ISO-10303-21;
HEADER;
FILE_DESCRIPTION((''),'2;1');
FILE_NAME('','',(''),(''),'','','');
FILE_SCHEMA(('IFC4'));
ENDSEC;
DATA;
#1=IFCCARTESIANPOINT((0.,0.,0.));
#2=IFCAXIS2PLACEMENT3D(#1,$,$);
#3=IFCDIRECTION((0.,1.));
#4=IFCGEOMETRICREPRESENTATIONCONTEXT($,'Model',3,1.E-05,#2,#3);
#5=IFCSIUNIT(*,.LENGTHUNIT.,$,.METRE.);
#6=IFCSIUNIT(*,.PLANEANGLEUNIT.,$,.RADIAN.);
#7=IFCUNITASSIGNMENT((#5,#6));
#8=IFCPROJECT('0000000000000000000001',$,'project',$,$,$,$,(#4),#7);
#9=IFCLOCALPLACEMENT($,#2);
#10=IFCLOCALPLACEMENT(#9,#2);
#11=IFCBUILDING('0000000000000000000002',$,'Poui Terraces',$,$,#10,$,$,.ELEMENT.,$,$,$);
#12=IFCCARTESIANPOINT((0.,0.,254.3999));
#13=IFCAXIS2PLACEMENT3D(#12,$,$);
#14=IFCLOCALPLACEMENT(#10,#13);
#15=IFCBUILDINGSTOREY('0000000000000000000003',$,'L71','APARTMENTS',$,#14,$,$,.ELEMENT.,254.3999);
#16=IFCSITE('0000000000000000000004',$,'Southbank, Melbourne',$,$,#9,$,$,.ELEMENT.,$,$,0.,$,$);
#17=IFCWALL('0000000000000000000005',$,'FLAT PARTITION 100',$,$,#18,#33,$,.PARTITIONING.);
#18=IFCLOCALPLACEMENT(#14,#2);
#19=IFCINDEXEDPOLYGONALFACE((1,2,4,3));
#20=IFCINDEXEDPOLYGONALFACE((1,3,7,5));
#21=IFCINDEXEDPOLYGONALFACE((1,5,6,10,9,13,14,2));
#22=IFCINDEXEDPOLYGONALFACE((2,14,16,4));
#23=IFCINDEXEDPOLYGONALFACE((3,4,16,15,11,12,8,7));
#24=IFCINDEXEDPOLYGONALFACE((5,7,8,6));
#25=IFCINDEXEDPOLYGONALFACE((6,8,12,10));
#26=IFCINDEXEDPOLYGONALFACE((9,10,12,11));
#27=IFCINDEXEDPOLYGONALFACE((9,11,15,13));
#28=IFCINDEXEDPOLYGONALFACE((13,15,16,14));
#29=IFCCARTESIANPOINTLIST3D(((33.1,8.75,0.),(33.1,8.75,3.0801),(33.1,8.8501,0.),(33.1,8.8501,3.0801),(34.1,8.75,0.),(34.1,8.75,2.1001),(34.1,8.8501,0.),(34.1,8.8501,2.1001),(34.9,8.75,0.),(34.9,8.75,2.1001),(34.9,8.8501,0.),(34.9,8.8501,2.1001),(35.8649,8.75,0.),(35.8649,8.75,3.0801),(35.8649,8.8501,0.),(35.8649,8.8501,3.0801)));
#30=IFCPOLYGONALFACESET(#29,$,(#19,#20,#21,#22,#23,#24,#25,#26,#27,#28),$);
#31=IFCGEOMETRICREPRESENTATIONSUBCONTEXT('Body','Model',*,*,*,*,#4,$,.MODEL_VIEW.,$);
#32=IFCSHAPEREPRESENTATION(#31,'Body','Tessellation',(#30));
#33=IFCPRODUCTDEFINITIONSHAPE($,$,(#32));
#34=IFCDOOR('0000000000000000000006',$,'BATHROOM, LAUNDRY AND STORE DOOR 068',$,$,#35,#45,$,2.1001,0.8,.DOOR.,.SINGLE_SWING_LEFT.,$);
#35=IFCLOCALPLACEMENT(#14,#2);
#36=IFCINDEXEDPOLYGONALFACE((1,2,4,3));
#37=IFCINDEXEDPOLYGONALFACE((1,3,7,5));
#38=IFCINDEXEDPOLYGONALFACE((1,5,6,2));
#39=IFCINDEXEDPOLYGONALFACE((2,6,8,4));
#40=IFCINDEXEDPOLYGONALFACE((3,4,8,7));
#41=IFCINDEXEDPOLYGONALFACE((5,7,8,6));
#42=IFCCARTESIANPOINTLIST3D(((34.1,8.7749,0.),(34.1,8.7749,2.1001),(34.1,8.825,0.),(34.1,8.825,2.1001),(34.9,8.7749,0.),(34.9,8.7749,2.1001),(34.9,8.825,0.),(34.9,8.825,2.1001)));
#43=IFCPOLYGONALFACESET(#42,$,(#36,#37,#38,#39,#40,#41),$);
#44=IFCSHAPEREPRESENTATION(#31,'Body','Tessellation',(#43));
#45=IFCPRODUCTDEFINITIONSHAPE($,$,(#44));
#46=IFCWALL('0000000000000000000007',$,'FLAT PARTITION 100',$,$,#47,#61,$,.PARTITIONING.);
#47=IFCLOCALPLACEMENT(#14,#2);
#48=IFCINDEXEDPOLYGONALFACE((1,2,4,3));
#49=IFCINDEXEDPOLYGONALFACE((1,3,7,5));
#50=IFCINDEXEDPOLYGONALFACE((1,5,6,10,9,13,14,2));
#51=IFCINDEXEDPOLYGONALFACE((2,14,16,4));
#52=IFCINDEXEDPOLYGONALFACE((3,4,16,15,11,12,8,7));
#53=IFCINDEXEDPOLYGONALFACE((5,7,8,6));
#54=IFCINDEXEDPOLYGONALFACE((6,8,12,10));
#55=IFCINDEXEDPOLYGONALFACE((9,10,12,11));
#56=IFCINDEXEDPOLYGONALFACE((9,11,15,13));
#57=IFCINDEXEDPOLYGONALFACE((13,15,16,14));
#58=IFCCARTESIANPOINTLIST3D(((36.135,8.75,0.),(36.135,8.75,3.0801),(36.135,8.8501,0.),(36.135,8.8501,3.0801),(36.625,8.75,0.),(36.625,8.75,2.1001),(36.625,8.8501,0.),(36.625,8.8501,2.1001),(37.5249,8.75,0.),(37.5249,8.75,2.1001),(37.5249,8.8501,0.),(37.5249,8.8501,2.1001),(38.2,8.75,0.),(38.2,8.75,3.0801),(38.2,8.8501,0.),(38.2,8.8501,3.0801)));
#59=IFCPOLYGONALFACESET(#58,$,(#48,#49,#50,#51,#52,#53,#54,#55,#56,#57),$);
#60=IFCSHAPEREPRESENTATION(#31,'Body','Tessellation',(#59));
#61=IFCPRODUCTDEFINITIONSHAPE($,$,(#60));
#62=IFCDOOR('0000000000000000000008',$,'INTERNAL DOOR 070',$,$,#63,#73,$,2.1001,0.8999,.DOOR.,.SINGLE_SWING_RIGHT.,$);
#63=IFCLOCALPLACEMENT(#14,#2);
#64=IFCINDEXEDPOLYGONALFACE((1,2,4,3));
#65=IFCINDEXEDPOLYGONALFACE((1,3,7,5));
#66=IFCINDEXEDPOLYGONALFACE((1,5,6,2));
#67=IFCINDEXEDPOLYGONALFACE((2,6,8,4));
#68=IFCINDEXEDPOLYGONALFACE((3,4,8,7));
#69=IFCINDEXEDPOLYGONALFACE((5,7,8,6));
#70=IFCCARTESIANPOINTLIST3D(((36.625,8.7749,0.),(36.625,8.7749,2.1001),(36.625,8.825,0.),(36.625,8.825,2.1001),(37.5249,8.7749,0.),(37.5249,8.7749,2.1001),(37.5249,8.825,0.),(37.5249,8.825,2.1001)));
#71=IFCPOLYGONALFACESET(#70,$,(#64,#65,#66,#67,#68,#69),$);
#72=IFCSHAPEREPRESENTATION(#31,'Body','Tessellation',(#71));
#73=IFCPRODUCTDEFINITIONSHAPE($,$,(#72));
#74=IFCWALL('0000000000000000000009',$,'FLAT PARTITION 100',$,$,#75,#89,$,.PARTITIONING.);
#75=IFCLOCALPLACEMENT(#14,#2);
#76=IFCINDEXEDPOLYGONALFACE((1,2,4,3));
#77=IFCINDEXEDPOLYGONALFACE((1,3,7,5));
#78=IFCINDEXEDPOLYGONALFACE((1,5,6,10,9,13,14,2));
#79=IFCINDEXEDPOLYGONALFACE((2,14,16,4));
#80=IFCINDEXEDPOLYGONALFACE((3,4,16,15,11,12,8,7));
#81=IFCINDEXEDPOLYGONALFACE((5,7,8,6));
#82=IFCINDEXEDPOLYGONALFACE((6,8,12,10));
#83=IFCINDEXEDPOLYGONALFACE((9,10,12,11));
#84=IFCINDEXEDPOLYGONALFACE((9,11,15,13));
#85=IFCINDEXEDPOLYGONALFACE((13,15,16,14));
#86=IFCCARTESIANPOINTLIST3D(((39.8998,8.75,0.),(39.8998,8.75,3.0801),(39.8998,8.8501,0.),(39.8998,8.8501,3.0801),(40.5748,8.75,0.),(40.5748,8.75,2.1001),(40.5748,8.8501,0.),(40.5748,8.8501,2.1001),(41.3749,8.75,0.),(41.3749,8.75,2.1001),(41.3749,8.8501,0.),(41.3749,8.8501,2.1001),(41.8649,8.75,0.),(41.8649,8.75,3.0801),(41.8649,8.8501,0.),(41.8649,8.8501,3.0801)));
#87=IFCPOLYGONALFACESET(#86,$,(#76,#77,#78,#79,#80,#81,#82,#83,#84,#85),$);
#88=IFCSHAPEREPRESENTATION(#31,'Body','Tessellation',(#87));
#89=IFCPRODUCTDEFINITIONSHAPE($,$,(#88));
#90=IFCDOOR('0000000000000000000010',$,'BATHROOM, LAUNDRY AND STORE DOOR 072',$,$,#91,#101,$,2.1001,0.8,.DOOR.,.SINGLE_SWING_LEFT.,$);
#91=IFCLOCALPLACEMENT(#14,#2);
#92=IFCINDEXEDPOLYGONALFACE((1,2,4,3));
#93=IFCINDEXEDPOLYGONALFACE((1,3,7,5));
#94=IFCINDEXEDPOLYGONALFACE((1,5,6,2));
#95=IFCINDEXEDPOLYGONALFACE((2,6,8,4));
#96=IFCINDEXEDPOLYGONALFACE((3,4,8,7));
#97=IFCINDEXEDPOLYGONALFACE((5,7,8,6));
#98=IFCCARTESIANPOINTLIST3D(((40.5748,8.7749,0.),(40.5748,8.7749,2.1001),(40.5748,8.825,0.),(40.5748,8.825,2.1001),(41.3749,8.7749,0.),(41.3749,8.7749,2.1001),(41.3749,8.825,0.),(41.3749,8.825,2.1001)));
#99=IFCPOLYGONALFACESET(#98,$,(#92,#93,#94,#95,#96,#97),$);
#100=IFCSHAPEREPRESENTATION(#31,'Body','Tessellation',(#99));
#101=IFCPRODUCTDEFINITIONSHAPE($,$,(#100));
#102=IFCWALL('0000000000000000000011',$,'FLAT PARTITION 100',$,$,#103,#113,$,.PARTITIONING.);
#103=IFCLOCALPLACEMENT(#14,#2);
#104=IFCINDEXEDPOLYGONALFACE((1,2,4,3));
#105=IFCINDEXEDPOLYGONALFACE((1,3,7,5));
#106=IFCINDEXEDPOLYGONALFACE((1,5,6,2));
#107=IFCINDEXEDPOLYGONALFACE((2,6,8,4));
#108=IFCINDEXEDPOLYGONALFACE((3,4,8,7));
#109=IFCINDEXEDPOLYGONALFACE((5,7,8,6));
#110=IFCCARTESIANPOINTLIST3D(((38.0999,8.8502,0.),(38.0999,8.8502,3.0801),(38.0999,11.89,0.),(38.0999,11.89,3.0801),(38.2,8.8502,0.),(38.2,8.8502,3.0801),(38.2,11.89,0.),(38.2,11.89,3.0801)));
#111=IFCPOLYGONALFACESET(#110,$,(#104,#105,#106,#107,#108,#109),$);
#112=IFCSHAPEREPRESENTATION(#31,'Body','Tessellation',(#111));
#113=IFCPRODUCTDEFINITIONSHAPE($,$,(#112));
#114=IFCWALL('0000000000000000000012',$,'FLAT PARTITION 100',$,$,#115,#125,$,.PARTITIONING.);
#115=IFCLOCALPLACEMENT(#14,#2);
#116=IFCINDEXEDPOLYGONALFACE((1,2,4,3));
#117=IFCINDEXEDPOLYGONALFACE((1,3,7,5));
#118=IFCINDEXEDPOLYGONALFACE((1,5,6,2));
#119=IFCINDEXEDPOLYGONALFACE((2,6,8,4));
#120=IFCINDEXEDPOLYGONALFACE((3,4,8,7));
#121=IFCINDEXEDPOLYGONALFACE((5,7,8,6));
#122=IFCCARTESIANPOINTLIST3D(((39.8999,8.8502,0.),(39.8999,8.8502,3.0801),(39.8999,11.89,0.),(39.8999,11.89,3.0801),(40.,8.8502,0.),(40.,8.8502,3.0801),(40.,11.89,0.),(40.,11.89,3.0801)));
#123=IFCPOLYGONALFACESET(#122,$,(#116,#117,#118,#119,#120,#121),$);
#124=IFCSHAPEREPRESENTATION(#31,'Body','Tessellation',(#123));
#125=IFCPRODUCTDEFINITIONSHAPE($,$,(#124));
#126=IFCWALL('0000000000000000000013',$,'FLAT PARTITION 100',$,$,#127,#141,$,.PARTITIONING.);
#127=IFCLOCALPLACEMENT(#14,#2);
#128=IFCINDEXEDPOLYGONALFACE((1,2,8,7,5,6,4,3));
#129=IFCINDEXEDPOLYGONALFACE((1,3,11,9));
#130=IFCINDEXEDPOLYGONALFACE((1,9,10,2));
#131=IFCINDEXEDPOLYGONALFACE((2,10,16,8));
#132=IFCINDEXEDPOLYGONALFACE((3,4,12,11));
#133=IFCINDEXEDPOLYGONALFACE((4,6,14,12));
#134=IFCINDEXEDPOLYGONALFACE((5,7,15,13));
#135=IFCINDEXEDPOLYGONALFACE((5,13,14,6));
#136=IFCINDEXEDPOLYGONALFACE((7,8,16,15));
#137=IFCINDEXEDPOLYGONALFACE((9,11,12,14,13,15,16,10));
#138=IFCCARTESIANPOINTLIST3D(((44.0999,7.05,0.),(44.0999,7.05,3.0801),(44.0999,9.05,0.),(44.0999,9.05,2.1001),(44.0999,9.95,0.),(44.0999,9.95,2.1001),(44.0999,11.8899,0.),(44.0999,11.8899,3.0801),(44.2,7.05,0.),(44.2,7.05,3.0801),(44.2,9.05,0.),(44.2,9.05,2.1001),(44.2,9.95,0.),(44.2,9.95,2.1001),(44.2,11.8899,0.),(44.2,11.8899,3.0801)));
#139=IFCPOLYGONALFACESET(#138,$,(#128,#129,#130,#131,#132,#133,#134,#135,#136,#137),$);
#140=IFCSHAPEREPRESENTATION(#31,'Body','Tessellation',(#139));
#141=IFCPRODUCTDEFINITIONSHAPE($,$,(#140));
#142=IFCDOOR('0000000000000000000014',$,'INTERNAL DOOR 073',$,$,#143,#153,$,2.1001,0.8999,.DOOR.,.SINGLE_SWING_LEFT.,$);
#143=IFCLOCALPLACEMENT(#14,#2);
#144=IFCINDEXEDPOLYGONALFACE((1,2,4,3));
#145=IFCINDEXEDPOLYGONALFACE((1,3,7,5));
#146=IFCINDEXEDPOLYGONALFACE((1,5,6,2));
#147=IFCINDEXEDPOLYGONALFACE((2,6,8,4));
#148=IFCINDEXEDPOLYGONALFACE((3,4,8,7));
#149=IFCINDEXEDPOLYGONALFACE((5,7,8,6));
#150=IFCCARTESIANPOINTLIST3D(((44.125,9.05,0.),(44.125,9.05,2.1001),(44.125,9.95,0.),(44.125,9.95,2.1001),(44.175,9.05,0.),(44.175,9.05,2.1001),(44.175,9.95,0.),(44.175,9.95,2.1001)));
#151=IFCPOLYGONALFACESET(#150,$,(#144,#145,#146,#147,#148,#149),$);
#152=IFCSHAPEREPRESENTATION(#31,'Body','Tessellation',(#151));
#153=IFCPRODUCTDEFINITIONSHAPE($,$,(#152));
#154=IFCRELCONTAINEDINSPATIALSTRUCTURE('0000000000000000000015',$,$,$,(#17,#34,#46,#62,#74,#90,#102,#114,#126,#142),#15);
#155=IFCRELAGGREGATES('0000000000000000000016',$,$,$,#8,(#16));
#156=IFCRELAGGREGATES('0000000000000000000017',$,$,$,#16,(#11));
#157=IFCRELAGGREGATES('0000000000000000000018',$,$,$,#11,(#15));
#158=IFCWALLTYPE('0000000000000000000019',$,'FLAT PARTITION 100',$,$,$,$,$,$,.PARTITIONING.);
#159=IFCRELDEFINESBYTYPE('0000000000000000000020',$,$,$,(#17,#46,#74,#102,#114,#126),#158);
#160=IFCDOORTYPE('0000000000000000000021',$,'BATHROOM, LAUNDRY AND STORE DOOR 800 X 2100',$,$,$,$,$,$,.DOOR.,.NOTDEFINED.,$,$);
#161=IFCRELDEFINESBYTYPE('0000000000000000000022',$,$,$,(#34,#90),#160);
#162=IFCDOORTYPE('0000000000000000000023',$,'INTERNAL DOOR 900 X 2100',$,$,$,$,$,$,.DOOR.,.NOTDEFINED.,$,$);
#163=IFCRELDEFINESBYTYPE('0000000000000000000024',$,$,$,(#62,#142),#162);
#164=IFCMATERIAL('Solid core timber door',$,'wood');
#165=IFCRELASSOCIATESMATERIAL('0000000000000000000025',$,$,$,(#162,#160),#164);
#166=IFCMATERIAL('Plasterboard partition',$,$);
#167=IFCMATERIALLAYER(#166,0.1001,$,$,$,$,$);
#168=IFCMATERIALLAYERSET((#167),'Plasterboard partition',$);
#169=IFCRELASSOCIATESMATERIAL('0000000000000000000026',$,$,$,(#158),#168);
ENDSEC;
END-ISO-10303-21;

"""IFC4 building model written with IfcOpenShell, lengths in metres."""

from ifc_helpers import new_model, si_unit, direction, frame, frame_2d, origin, place, context, subcontext, project, spatial, rectangle, extrude, material, layer, layer_set, type_object, element, fill, save


model = new_model("IFC4")

# Units and contexts
model_context = context("Model", 3, precision=1e-05, world=origin(), true_north=direction((0.0, 1.0)))
body_context = subcontext(model_context, "Body", "Model", "MODEL_VIEW")
ifc_project = project(units=[si_unit("LENGTHUNIT", "METRE"), si_unit("PLANEANGLEUNIT", "RADIAN")], contexts=[model_context])

# Site, building, storey
site_placement = place(None, origin())
site = spatial("IfcSite", under=ifc_project, at=site_placement, Name="Southbank, Melbourne", CompositionType="ELEMENT", RefElevation=0.0)
building_placement = place(site_placement, origin())
building = spatial("IfcBuilding", under=site, at=building_placement, Name="Poui Terraces", CompositionType="ELEMENT")
storey_placement = place(building_placement, frame((0.0, 0.0, 254.3999)))
storey = spatial("IfcBuildingStorey", under=building, at=storey_placement, Name="L71", Description="APARTMENTS", CompositionType="ELEMENT", Elevation=254.3999)

# Shared definitions
ifc_material_1 = material(Name="Solid core timber door", Category="wood")
door_type_1 = type_object("IfcDoorType", Name="INTERNAL DOOR 900 X 2100", OperationType="NOTDEFINED", PredefinedType="DOOR", material=ifc_material_1)

# Shared definitions
ifc_material_2 = material(Name="Plasterboard partition")
ifc_layer_1 = layer(ifc_material_2, 0.1001)
ifc_layer_set_1 = layer_set([ifc_layer_1], Name="Plasterboard partition")
wall_type_1 = type_object("IfcWallType", Name="FLAT PARTITION 100", PredefinedType="PARTITIONING", material=ifc_layer_set_1)

# Walls, openings, doors
door_type_2 = type_object("IfcDoorType", Name="BATHROOM, LAUNDRY AND STORE DOOR 800 X 2100", OperationType="NOTDEFINED", PredefinedType="DOOR", material=ifc_material_1)
wall_1_placement = place(storey_placement, frame((33.1001, 8.8, 0.0), z_axis=(0.0, 0.0, 1.0), x_axis=(1.0, 0.0, 0.0)))
wall_1 = element("IfcWall", 1, at=wall_1_placement, inside=storey, type_object=wall_type_1, Name="FLAT PARTITION 100", PredefinedType="PARTITIONING", context=body_context, shape_type="SweptSolid", body=[
    extrude(rectangle(XDim=2.7649, YDim=0.1001, at=frame_2d((1.3823, 0.0))), origin(), (0.0, 0.0, 1.0), 3.0801),
])
opening_1_placement = place(wall_1_placement, frame((1.0, 0.0, 0.0)))
opening_1 = element("IfcOpeningElement", 2, at=opening_1_placement, cuts=wall_1, PredefinedType="OPENING", context=body_context, shape_type="SweptSolid", body=[
    extrude(rectangle(XDim=0.8, YDim=2.1001, at=frame_2d((0.3999, 1.05))), frame((0.0, 0.0601, 0.0), z_axis=(0.0, -1.0, 0.0), x_axis=(1.0, 0.0, 0.0)), (0.0, 0.0, 1.0), 0.1201),
])
door_1_placement = place(opening_1_placement, origin())
door_1 = element("IfcDoor", 3, at=door_1_placement, inside=storey, type_object=door_type_2, Name="BATHROOM, LAUNDRY AND STORE DOOR 068", OperationType="SINGLE_SWING_LEFT", OverallHeight=2.1001, OverallWidth=0.8, PredefinedType="DOOR", context=body_context, shape_type="SweptSolid", body=[
    extrude(rectangle(XDim=0.8, YDim=2.1001, at=frame_2d((0.3999, 1.05))), frame((0.0, 0.0249, 0.0), z_axis=(0.0, -1.0, 0.0), x_axis=(1.0, 0.0, 0.0)), (0.0, 0.0, 1.0), 0.05),
])
fill(opening_1, door_1)
wall_2_placement = place(storey_placement, frame((36.135, 8.8, 0.0), z_axis=(0.0, 0.0, 1.0), x_axis=(1.0, 0.0, 0.0)))
wall_2 = element("IfcWall", 4, at=wall_2_placement, inside=storey, type_object=wall_type_1, Name="FLAT PARTITION 100", PredefinedType="PARTITIONING", context=body_context, shape_type="SweptSolid", body=[
    extrude(rectangle(XDim=2.0649, YDim=0.1001, at=frame_2d((1.0325, 0.0))), origin(), (0.0, 0.0, 1.0), 3.0801),
])
opening_2_placement = place(wall_2_placement, frame((0.49, 0.0, 0.0)))
opening_2 = element("IfcOpeningElement", 5, at=opening_2_placement, cuts=wall_2, PredefinedType="OPENING", context=body_context, shape_type="SweptSolid", body=[
    extrude(rectangle(XDim=0.8999, YDim=2.1001, at=frame_2d((0.45, 1.05))), frame((0.0, 0.0601, 0.0), z_axis=(0.0, -1.0, 0.0), x_axis=(1.0, 0.0, 0.0)), (0.0, 0.0, 1.0), 0.1201),
])
door_2_placement = place(opening_2_placement, origin())
door_2 = element("IfcDoor", 6, at=door_2_placement, inside=storey, type_object=door_type_1, Name="INTERNAL DOOR 070", OperationType="SINGLE_SWING_RIGHT", OverallHeight=2.1001, OverallWidth=0.8999, PredefinedType="DOOR", context=body_context, shape_type="SweptSolid", body=[
    extrude(rectangle(XDim=0.8999, YDim=2.1001, at=frame_2d((0.45, 1.05))), frame((0.0, 0.0249, 0.0), z_axis=(0.0, -1.0, 0.0), x_axis=(1.0, 0.0, 0.0)), (0.0, 0.0, 1.0), 0.05),
])
fill(opening_2, door_2)
wall_3_placement = place(storey_placement, frame((39.8999, 8.8, 0.0), z_axis=(0.0, 0.0, 1.0), x_axis=(1.0, 0.0, 0.0)))
wall_3 = element("IfcWall", 7, at=wall_3_placement, inside=storey, type_object=wall_type_1, Name="FLAT PARTITION 100", PredefinedType="PARTITIONING", context=body_context, shape_type="SweptSolid", body=[
    extrude(rectangle(XDim=1.9651, YDim=0.1001, at=frame_2d((0.9824, 0.0))), origin(), (0.0, 0.0, 1.0), 3.0801),
])
opening_3_placement = place(wall_3_placement, frame((0.675, 0.0, 0.0)))
opening_3 = element("IfcOpeningElement", 8, at=opening_3_placement, cuts=wall_3, PredefinedType="OPENING", context=body_context, shape_type="SweptSolid", body=[
    extrude(rectangle(XDim=0.8, YDim=2.1001, at=frame_2d((0.3999, 1.05))), frame((0.0, 0.0601, 0.0), z_axis=(0.0, -1.0, 0.0), x_axis=(1.0, 0.0, 0.0)), (0.0, 0.0, 1.0), 0.1201),
])
door_3_placement = place(opening_3_placement, origin())
door_3 = element("IfcDoor", 9, at=door_3_placement, inside=storey, type_object=door_type_2, Name="BATHROOM, LAUNDRY AND STORE DOOR 072", OperationType="SINGLE_SWING_LEFT", OverallHeight=2.1001, OverallWidth=0.8, PredefinedType="DOOR", context=body_context, shape_type="SweptSolid", body=[
    extrude(rectangle(XDim=0.8, YDim=2.1001, at=frame_2d((0.3999, 1.05))), frame((0.0, 0.0249, 0.0), z_axis=(0.0, -1.0, 0.0), x_axis=(1.0, 0.0, 0.0)), (0.0, 0.0, 1.0), 0.05),
])
fill(opening_3, door_3)

# Walls
for number, where, z_axis, x_axis, name in (
    (10, (38.1499, 8.8501, 0.0), (0.0, 0.0, 1.0), (0.0, 1.0, 0.0), "FLAT PARTITION 100"),
    (11, (39.95, 8.8501, 0.0), (0.0, 0.0, 1.0), (0.0, 1.0, 0.0), "FLAT PARTITION 100"),
):
    element("IfcWall", number, at=place(storey_placement, frame(where, z_axis=z_axis, x_axis=x_axis)), inside=storey, type_object=wall_type_1, Name=name, PredefinedType="PARTITIONING", context=body_context, shape_type="SweptSolid", body=[
        extrude(rectangle(XDim=3.0398, YDim=0.1001, at=frame_2d((1.52, 0.0))), origin(), (0.0, 0.0, 1.0), 3.0801),
    ])

# Wall, opening, door
wall_4_placement = place(storey_placement, frame((44.1499, 7.05, 0.0), z_axis=(0.0, 0.0, 1.0), x_axis=(0.0, 1.0, 0.0)))
wall_4 = element("IfcWall", 12, at=wall_4_placement, inside=storey, type_object=wall_type_1, Name="FLAT PARTITION 100", PredefinedType="PARTITIONING", context=body_context, shape_type="SweptSolid", body=[
    extrude(rectangle(XDim=4.8398, YDim=0.1001, at=frame_2d((2.4199, 0.0))), origin(), (0.0, 0.0, 1.0), 3.0801),
])
opening_4_placement = place(wall_4_placement, frame((2.0, 0.0, 0.0)))
opening_4 = element("IfcOpeningElement", 13, at=opening_4_placement, cuts=wall_4, PredefinedType="OPENING", context=body_context, shape_type="SweptSolid", body=[
    extrude(rectangle(XDim=0.8999, YDim=2.1001, at=frame_2d((0.45, 1.05))), frame((0.0, 0.0601, 0.0), z_axis=(0.0, -1.0, 0.0), x_axis=(1.0, 0.0, 0.0)), (0.0, 0.0, 1.0), 0.1201),
])
door_4_placement = place(opening_4_placement, origin())
door_4 = element("IfcDoor", 14, at=door_4_placement, inside=storey, type_object=door_type_1, Name="INTERNAL DOOR 073", OperationType="SINGLE_SWING_LEFT", OverallHeight=2.1001, OverallWidth=0.8999, PredefinedType="DOOR", context=body_context, shape_type="SweptSolid", body=[
    extrude(rectangle(XDim=0.8999, YDim=2.1001, at=frame_2d((0.45, 1.05))), frame((0.0, 0.0249, 0.0), z_axis=(0.0, -1.0, 0.0), x_axis=(1.0, 0.0, 0.0)), (0.0, 0.0, 1.0), 0.05),
])
fill(opening_4, door_4)

save(model, "model.ifc")
